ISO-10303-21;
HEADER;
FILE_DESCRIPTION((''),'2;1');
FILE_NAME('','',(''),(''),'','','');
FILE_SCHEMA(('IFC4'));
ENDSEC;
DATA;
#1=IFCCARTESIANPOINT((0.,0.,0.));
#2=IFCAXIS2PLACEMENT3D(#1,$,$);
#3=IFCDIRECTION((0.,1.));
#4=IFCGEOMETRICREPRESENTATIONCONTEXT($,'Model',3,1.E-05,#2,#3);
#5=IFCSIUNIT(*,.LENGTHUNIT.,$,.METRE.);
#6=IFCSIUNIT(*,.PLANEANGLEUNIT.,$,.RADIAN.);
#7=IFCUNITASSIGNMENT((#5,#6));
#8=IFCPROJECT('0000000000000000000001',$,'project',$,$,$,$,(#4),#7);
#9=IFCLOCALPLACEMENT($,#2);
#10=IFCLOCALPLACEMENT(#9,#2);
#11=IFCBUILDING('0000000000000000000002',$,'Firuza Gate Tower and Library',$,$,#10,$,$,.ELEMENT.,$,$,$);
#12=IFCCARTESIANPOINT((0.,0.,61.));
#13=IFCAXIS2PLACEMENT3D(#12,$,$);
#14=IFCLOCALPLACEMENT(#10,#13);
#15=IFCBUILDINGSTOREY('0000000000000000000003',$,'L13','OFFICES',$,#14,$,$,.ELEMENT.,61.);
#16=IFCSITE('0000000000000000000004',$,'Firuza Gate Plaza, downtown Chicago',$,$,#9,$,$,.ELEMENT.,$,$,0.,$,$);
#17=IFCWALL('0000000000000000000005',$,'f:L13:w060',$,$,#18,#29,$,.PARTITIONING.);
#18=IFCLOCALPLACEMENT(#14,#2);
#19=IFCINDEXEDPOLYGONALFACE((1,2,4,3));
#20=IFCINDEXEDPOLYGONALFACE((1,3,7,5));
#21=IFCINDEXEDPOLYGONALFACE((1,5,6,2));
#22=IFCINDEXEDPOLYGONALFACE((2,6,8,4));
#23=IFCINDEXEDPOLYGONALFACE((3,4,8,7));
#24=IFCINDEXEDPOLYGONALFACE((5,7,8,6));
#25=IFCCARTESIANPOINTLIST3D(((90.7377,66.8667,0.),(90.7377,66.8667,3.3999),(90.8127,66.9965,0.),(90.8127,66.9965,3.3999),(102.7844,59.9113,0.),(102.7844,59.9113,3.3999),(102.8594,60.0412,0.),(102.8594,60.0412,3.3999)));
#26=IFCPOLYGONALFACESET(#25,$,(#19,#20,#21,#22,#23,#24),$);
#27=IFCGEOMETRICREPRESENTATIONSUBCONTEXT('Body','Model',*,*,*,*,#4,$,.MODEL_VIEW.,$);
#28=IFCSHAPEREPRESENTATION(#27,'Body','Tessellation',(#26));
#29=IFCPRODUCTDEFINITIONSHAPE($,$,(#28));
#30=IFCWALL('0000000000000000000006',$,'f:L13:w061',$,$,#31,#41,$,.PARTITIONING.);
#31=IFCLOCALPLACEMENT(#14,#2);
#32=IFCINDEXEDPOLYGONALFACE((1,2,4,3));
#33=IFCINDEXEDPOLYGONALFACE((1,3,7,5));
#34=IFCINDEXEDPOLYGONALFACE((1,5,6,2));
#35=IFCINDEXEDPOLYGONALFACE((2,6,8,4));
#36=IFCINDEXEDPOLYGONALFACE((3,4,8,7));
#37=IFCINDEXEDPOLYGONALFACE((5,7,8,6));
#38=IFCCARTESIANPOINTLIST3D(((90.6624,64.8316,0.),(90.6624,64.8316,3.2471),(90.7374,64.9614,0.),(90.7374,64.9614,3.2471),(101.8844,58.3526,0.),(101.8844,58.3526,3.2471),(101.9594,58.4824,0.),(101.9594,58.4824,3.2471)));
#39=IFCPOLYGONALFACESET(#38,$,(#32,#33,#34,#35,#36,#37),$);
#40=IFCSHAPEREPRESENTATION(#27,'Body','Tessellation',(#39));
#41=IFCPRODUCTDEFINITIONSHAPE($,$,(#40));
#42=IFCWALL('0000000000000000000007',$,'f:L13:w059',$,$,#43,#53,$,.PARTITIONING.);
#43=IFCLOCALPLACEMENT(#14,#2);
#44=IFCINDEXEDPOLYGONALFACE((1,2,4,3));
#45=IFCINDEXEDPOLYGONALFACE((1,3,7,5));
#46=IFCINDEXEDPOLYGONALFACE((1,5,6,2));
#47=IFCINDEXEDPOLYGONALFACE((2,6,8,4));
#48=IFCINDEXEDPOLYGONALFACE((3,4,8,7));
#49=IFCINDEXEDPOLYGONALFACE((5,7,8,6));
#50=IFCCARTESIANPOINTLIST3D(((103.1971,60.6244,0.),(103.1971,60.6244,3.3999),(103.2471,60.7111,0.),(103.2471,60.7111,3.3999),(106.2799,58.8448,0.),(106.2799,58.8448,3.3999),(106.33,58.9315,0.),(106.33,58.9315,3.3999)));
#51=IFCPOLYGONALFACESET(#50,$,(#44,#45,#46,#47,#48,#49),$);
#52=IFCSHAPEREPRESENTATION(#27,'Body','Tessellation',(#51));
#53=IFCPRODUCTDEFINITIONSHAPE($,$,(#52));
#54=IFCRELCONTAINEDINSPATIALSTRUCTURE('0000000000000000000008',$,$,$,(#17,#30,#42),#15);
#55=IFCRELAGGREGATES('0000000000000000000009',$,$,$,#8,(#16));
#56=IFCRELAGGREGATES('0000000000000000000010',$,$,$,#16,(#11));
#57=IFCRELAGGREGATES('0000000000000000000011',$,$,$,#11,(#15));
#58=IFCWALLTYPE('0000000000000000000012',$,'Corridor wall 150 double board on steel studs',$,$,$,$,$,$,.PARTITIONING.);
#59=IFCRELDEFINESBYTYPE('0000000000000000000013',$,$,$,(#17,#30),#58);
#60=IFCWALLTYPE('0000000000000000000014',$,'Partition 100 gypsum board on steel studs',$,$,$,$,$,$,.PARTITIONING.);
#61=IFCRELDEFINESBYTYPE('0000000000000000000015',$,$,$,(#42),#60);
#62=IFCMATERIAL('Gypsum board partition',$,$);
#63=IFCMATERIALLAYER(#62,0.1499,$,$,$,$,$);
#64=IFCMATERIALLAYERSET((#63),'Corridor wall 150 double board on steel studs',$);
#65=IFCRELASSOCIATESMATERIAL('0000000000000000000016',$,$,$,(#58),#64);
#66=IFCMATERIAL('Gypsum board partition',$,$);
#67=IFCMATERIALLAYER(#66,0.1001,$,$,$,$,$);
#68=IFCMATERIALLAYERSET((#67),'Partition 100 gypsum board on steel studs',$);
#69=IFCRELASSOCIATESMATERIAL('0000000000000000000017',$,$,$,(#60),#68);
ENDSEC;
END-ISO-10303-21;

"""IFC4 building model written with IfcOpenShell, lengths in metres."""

from ifc_helpers import new_model, si_unit, direction, frame, frame_2d, origin, place, context, subcontext, project, spatial, rectangle, extrude, material, layer, layer_set, type_object, element, save


model = new_model("IFC4")

# Units and contexts
model_context = context("Model", 3, precision=1e-05, world=origin(), true_north=direction((0.0, 1.0)))
body_context = subcontext(model_context, "Body", "Model", "MODEL_VIEW")
ifc_project = project(units=[si_unit("LENGTHUNIT", "METRE"), si_unit("PLANEANGLEUNIT", "RADIAN")], contexts=[model_context])

# Site, building, storey
site_placement = place(None, origin())
site = spatial("IfcSite", under=ifc_project, at=site_placement, Name="Firuza Gate Plaza, downtown Chicago", CompositionType="ELEMENT", RefElevation=0.0)
building_placement = place(site_placement, origin())
building = spatial("IfcBuilding", under=site, at=building_placement, Name="Firuza Gate Tower and Library", CompositionType="ELEMENT")
storey_placement = place(building_placement, frame((0.0, 0.0, 61.0)))
storey = spatial("IfcBuildingStorey", under=building, at=storey_placement, Name="L13", Description="OFFICES", CompositionType="ELEMENT", Elevation=61.0)

# Walls
ifc_material_1 = material(Name="Gypsum board partition")
ifc_layer_1 = layer(ifc_material_1, 0.1499)
ifc_layer_set_1 = layer_set([ifc_layer_1], Name="Corridor wall 150 double board on steel studs")
wall_type_1 = type_object("IfcWallType", Name="Corridor wall 150 double board on steel studs", PredefinedType="PARTITIONING", material=ifc_layer_set_1)
wall_1_placement = place(storey_placement, frame((102.8218, 59.9763, 0.0), z_axis=(0.0, 0.0, 1.0), x_axis=(-0.866019, 0.500011, 0.0)))
element("IfcWall", 1, at=wall_1_placement, inside=storey, type_object=wall_type_1, Name="f:L13:w060", PredefinedType="PARTITIONING", context=body_context, shape_type="SweptSolid", body=[
    extrude(rectangle(XDim=13.9104, YDim=0.1499, at=frame_2d((6.9551, 0.0))), origin(), (0.0, 0.0, 1.0), 3.3999),
])
wall_2_placement = place(storey_placement, frame((101.9219, 58.4175, 0.0), z_axis=(0.0, 0.0, 1.0), x_axis=(-0.866025, 0.500001, 0.0)))
element("IfcWall", 2, at=wall_2_placement, inside=storey, type_object=wall_type_1, Name="f:L13:w061", PredefinedType="PARTITIONING", context=body_context, shape_type="SweptSolid", body=[
    extrude(rectangle(XDim=12.958, YDim=0.1499, at=frame_2d((6.479, 0.0))), origin(), (0.0, 0.0, 1.0), 3.2471),
])
ifc_material_2 = material(Name="Gypsum board partition")
ifc_layer_2 = layer(ifc_material_2, 0.1001)
ifc_layer_set_2 = layer_set([ifc_layer_2], Name="Partition 100 gypsum board on steel studs")
wall_type_2 = type_object("IfcWallType", Name="Partition 100 gypsum board on steel studs", PredefinedType="PARTITIONING", material=ifc_layer_set_2)
wall_3_placement = place(storey_placement, frame((106.3049, 58.8882, 0.0), z_axis=(0.0, 0.0, 1.0), x_axis=(-0.866061, 0.499938, 0.0)))
element("IfcWall", 3, at=wall_3_placement, inside=storey, type_object=wall_type_2, Name="f:L13:w059", PredefinedType="PARTITIONING", context=body_context, shape_type="SweptSolid", body=[
    extrude(rectangle(XDim=3.5596, YDim=0.1001, at=frame_2d((1.7798, 0.0))), origin(), (0.0, 0.0, 1.0), 3.3999),
])

save(model, "model.ifc")
